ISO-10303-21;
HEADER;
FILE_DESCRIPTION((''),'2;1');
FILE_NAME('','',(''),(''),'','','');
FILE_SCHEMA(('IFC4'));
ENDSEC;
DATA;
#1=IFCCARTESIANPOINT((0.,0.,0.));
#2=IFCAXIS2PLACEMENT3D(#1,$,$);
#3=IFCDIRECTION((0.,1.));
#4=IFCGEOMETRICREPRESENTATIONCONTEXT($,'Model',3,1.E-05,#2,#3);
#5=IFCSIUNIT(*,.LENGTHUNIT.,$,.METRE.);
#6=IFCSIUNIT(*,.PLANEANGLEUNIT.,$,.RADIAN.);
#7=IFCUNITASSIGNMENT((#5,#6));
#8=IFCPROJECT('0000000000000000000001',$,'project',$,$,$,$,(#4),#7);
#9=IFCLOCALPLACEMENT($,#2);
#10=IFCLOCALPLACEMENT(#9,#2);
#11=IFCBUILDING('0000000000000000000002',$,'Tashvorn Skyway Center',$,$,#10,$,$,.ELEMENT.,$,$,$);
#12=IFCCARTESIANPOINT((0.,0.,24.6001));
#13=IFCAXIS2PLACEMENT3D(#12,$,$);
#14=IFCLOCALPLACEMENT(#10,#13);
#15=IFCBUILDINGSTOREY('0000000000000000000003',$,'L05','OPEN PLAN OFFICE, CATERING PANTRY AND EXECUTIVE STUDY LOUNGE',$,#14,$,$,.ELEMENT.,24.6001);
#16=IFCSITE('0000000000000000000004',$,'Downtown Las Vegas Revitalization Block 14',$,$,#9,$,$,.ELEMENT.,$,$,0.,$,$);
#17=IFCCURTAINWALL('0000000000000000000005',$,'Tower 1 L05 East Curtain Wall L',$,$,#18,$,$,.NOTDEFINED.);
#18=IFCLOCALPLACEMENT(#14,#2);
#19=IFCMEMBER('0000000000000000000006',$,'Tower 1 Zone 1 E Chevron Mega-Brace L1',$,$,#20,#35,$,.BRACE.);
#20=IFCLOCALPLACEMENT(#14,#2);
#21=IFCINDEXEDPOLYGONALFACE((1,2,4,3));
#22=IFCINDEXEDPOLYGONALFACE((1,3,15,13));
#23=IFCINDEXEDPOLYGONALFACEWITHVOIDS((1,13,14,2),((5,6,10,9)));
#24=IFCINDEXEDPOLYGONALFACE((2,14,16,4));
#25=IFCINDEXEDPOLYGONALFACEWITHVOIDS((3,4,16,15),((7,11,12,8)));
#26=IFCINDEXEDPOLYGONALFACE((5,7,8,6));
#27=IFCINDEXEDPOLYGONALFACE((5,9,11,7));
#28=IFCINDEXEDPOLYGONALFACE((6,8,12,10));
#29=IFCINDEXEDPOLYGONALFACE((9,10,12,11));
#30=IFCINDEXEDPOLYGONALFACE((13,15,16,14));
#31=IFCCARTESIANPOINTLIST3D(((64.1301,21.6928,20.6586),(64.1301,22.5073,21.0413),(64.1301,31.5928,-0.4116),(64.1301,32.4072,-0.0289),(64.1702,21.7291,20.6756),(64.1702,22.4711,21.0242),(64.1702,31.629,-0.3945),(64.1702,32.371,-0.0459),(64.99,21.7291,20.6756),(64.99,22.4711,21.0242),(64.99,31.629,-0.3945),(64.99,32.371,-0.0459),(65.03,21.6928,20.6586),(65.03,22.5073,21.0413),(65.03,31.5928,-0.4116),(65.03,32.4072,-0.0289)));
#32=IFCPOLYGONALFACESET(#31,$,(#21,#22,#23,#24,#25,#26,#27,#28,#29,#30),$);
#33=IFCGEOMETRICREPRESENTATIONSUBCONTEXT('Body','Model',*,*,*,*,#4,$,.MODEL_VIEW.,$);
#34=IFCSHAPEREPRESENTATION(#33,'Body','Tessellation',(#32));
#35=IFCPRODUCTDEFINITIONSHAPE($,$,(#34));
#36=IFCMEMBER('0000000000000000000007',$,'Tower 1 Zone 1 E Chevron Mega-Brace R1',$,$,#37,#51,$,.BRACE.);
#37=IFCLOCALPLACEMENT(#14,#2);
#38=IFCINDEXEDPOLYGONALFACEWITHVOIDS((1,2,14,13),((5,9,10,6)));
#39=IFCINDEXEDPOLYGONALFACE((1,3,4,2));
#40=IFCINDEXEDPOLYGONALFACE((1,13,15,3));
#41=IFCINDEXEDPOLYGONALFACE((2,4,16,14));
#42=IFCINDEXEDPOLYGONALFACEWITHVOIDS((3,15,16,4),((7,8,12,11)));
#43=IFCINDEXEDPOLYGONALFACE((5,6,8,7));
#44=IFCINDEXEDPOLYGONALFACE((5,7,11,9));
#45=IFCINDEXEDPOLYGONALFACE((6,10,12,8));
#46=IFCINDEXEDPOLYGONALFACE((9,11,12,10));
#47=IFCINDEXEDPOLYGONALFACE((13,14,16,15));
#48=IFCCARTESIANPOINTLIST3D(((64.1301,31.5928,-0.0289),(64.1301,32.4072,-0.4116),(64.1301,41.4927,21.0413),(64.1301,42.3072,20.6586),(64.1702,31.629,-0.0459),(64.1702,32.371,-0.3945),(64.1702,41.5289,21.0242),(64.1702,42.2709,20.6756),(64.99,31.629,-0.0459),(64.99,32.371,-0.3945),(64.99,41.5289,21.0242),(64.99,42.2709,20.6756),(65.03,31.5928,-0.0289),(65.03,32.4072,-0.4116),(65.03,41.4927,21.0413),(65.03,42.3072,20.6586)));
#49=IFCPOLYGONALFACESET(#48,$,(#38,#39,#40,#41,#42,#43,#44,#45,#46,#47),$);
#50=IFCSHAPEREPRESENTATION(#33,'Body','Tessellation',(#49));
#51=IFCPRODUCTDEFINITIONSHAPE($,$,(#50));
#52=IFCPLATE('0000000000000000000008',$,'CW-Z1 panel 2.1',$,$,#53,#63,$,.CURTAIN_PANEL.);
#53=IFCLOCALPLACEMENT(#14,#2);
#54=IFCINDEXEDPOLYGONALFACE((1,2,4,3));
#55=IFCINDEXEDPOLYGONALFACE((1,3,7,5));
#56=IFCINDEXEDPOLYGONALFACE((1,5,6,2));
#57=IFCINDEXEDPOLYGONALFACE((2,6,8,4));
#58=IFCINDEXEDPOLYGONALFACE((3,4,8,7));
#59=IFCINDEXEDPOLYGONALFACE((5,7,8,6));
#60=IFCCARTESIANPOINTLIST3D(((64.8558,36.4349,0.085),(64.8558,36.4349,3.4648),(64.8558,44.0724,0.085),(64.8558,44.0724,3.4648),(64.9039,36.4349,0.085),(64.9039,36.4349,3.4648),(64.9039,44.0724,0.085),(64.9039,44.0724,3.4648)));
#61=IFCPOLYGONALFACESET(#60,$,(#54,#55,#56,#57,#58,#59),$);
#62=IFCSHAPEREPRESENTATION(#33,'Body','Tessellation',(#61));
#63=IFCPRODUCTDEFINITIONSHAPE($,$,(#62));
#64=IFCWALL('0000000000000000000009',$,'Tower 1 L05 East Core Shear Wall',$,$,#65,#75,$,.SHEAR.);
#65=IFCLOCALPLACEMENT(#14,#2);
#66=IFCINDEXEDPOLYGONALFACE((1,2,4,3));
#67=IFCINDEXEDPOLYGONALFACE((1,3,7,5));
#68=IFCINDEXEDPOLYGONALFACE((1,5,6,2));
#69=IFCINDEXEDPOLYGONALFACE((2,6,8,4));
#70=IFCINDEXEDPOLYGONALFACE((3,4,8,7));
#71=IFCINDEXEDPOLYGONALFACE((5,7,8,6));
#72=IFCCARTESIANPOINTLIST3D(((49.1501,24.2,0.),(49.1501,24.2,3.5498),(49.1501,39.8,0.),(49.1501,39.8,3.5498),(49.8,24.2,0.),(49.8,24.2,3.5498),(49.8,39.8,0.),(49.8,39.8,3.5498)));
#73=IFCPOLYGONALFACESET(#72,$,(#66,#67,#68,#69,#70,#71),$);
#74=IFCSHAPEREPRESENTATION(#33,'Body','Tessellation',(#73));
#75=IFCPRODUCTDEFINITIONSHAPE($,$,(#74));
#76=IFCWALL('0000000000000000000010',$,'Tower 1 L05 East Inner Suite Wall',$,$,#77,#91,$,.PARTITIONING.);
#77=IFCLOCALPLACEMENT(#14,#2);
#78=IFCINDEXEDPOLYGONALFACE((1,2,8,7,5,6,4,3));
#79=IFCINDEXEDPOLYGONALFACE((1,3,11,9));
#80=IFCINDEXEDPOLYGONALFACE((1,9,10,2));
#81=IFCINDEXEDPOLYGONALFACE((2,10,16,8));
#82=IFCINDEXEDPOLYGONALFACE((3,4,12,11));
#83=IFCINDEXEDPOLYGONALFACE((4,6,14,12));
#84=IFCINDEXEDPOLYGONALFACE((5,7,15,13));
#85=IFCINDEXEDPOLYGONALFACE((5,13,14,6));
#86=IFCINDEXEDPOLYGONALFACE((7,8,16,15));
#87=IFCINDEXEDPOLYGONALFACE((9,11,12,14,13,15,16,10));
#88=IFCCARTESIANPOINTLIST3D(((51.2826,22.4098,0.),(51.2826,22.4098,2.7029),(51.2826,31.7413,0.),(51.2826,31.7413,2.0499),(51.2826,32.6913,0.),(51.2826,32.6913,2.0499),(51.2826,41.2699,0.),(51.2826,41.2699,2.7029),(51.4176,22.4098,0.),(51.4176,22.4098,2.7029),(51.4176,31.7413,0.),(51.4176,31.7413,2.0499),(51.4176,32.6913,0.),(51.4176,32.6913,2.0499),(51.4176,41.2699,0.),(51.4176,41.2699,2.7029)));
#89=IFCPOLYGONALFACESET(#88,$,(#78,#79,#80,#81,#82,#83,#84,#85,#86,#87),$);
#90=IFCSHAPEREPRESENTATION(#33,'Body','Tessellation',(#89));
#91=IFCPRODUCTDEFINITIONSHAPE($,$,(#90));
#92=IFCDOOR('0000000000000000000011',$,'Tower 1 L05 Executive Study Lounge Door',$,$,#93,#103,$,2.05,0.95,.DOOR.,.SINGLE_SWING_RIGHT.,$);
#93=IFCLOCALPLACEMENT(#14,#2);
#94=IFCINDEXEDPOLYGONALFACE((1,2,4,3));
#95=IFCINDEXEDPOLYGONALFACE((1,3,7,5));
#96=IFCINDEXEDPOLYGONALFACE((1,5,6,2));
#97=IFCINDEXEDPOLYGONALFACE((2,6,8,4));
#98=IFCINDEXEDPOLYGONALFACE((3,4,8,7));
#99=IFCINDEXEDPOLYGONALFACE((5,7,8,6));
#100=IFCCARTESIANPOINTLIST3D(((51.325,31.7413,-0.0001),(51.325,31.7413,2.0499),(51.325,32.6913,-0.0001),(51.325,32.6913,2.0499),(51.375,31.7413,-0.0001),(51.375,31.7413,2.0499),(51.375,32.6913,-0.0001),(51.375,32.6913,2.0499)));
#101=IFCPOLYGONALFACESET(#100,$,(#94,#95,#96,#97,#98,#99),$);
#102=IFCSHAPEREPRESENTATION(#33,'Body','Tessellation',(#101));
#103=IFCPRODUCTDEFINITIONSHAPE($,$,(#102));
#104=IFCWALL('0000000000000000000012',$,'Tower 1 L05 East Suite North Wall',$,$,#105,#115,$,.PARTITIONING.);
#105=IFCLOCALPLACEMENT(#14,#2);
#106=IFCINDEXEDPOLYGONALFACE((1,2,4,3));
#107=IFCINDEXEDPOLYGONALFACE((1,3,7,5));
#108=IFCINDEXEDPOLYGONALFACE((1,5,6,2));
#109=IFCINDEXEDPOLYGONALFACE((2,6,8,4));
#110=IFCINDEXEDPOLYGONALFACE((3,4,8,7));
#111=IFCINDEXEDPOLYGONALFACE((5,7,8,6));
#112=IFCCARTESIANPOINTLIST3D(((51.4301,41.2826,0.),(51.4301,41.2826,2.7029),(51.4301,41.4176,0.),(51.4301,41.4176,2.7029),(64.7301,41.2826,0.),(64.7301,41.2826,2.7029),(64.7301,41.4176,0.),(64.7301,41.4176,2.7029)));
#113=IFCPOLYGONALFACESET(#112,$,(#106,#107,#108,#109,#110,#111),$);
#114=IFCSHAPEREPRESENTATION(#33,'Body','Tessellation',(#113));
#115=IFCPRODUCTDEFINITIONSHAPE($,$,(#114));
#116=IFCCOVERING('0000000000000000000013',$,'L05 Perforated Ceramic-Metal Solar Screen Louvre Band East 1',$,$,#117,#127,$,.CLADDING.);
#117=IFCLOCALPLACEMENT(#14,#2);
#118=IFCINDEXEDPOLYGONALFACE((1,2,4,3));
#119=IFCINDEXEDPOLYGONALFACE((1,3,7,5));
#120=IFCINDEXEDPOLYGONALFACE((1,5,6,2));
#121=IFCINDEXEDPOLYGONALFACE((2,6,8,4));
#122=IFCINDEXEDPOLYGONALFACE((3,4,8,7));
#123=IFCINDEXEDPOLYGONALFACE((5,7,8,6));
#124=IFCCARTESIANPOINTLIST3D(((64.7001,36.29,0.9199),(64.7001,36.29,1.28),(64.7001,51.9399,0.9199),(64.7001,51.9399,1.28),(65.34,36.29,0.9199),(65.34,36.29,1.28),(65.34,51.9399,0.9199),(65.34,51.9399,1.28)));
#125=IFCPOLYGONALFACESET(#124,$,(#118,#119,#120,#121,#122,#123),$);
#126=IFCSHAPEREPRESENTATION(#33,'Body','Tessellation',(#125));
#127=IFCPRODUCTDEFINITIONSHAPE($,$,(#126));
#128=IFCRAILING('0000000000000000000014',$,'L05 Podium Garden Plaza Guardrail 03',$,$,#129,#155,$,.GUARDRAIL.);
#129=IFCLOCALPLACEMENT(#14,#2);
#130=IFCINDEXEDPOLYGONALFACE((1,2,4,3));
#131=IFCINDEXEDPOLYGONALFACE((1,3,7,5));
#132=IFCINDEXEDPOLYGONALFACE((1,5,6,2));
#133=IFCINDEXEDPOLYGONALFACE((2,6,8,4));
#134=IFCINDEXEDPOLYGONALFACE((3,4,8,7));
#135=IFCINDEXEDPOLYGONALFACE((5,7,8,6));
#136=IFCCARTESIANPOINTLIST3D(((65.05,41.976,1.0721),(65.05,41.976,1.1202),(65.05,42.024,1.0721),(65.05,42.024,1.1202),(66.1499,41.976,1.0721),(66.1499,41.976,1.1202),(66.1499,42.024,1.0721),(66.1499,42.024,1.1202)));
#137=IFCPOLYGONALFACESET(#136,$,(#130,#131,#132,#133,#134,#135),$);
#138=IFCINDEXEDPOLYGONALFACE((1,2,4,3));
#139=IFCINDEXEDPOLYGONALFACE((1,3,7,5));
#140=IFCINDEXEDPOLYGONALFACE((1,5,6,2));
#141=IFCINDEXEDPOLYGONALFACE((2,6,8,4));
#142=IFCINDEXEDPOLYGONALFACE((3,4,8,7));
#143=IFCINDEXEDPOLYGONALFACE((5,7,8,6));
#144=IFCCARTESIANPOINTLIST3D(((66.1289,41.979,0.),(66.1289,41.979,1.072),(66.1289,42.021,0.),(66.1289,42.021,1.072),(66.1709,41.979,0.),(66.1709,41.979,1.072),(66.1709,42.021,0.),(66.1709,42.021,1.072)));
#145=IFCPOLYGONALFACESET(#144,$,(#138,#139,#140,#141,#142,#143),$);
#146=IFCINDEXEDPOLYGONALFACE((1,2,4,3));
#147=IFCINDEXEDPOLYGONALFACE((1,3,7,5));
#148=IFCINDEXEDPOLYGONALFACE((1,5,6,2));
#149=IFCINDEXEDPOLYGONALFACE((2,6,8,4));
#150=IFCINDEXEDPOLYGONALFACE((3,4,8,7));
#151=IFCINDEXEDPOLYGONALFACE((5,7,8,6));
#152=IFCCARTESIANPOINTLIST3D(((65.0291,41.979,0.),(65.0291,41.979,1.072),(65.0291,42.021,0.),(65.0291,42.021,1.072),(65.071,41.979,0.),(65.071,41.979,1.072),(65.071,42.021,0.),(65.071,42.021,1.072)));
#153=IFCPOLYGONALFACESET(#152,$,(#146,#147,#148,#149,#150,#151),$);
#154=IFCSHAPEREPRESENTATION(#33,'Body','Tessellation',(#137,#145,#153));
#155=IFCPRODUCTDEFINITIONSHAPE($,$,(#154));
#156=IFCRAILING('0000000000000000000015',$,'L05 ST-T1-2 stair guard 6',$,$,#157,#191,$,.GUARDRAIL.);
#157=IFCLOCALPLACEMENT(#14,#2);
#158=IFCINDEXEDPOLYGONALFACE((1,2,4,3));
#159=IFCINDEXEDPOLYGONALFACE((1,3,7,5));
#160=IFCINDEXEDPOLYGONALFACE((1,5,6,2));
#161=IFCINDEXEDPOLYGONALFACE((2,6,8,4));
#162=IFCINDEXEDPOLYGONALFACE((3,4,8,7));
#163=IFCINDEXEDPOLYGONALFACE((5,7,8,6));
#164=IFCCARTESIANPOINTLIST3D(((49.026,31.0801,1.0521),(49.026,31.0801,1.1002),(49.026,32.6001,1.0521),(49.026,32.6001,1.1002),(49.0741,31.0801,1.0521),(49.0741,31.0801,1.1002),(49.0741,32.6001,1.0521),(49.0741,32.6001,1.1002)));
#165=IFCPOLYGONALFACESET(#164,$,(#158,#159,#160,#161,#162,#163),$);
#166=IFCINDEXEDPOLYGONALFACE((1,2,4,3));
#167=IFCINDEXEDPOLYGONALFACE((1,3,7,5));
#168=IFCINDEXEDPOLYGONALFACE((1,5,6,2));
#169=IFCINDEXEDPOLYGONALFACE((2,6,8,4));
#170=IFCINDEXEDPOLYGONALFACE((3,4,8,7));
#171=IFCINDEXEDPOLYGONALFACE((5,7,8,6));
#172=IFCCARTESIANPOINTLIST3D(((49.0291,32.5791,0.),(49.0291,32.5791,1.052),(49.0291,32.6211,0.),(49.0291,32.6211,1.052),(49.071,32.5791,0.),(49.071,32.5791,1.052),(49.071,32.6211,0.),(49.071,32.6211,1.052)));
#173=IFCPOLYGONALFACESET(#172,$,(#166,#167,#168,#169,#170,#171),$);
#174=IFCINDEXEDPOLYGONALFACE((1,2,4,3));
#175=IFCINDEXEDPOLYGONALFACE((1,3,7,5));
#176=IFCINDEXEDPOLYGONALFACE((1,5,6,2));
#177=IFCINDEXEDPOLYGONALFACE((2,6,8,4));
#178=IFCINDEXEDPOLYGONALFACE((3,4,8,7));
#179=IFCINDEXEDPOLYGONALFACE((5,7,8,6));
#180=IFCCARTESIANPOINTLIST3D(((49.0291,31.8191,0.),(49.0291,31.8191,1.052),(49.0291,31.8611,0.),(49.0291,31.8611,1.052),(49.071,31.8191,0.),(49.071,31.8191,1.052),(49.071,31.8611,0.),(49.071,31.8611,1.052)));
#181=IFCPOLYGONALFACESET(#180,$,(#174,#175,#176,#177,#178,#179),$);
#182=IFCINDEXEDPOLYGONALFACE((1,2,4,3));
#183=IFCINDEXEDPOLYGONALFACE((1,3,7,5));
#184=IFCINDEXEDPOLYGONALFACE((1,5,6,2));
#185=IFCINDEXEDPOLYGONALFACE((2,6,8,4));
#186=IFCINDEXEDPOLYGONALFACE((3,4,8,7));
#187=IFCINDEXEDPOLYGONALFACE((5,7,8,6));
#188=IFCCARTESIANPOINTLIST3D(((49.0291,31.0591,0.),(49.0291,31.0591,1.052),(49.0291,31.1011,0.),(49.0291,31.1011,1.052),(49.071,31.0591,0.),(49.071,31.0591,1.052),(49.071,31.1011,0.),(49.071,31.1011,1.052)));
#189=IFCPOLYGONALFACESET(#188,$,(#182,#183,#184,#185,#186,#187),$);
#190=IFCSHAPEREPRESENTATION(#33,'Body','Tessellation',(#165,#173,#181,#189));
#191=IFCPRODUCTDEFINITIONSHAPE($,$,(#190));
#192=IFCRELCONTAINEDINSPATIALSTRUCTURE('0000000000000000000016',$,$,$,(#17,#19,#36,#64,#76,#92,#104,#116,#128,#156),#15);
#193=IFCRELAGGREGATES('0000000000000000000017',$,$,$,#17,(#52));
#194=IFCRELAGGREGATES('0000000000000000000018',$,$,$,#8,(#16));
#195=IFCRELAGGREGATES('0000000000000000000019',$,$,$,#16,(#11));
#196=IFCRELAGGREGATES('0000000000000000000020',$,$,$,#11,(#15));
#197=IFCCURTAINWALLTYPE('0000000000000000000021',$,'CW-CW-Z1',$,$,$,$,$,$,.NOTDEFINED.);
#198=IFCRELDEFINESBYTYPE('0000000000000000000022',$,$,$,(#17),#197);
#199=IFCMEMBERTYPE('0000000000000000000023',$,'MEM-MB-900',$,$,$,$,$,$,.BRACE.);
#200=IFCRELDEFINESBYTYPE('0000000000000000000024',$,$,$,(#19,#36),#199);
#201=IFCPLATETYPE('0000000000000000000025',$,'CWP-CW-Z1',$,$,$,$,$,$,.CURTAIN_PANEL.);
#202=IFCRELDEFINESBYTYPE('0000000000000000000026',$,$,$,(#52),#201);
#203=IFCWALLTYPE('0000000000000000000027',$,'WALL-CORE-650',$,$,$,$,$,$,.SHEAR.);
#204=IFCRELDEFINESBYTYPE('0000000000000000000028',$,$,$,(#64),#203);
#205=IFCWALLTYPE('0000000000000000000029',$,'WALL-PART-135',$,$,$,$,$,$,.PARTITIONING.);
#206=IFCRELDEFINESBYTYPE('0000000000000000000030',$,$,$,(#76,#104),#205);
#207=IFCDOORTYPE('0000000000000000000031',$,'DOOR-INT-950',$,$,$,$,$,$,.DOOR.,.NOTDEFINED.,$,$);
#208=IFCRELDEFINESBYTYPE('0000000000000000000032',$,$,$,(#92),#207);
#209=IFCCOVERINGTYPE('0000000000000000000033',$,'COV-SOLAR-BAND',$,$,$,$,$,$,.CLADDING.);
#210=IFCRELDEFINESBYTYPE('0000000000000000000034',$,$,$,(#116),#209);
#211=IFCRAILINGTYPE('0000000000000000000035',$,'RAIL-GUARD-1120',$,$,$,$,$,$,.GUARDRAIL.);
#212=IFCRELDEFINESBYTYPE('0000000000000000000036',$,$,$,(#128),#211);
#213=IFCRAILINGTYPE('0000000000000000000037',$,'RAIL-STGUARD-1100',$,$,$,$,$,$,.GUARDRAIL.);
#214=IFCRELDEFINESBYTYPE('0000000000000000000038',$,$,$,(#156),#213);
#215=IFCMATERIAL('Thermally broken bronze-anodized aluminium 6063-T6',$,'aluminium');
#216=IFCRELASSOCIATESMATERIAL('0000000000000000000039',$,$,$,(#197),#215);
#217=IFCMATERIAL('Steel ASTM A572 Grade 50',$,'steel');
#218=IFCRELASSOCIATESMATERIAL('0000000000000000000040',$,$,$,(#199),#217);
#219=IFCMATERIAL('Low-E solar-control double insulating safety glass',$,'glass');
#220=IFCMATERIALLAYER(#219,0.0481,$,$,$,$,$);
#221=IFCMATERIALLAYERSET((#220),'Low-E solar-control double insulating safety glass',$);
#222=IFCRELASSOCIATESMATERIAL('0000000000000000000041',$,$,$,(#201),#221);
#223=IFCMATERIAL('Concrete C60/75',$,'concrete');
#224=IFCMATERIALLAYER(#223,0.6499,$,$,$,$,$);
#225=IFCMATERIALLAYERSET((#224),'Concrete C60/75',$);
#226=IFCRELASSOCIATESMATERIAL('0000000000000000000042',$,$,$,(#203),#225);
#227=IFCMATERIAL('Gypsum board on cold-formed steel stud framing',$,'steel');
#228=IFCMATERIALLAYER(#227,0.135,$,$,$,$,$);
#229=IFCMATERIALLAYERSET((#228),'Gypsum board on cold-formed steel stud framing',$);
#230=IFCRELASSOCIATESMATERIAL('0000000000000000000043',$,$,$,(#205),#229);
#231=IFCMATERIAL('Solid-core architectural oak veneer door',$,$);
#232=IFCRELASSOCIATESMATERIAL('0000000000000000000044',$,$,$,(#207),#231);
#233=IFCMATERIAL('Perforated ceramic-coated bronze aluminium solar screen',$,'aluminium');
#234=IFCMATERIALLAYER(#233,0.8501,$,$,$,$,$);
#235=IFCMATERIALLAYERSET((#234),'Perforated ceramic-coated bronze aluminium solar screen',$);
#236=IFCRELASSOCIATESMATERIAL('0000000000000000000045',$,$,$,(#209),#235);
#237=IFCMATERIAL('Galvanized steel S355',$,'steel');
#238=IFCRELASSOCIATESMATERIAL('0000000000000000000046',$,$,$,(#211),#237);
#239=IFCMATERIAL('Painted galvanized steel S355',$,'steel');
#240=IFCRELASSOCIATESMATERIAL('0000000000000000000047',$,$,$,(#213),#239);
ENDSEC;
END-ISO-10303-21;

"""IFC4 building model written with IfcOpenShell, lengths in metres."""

from ifc_helpers import new_model, si_unit, direction, frame, frame_2d, origin, origin_2d, place, context, subcontext, project, spatial, rectangle, hollow_rectangle, extrude, material, layer, layer_set, material_profile, profile_set, type_object, element, fill, aggregate, save


model = new_model("IFC4")

# Units and contexts
model_context = context("Model", 3, precision=1e-05, world=origin(), true_north=direction((0.0, 1.0)))
body_context = subcontext(model_context, "Body", "Model", "MODEL_VIEW")
ifc_project = project(units=[si_unit("LENGTHUNIT", "METRE"), si_unit("PLANEANGLEUNIT", "RADIAN")], contexts=[model_context])

# Site, building, storey
site_placement = place(None, origin())
site = spatial("IfcSite", under=ifc_project, at=site_placement, Name="Downtown Las Vegas Revitalization Block 14", CompositionType="ELEMENT", RefElevation=0.0)
building_placement = place(site_placement, origin())
building = spatial("IfcBuilding", under=site, at=building_placement, Name="Tashvorn Skyway Center", CompositionType="ELEMENT")
storey_placement = place(building_placement, frame((0.0, 0.0, 24.6001)))
storey = spatial("IfcBuildingStorey", under=building, at=storey_placement, Name="L05", Description="OPEN PLAN OFFICE, CATERING PANTRY AND EXECUTIVE STUDY LOUNGE", CompositionType="ELEMENT", Elevation=24.6001)

# Shared definitions
ifc_material_1 = material(Name="Steel ASTM A572 Grade 50", Category="steel")

# Curtain wall
ifc_material_2 = material(Name="Thermally broken bronze-anodized aluminium 6063-T6", Category="aluminium")
curtain_wall_type = type_object("IfcCurtainWallType", Name="CW-CW-Z1", PredefinedType="NOTDEFINED", material=ifc_material_2)
curtain_wall_placement = place(storey_placement, origin())
curtain_wall = element("IfcCurtainWall", 1, at=curtain_wall_placement, inside=storey, type_object=curtain_wall_type, Name="Tower 1 L05 East Curtain Wall L", PredefinedType="NOTDEFINED")

# Members
ifc_material_profile_1 = material_profile(ifc_material_1, hollow_rectangle(XDim=0.8999, YDim=0.8999, WallThickness=0.04, at=origin_2d()), Name="BOX900x900x40")
ifc_profile_set_1 = profile_set([ifc_material_profile_1], Name="Steel ASTM A572 Grade 50")
member_type_1 = type_object("IfcMemberType", Name="MEM-MB-900", PredefinedType="BRACE", material=ifc_profile_set_1)
for number, where, z_axis, x_axis, name in (
    (2, (64.5801, 32.0, -0.2202), (0.0, -0.425255, 0.905074), (1.0, 0.0, 0.0), "Tower 1 Zone 1 E Chevron Mega-Brace L1"),
    (3, (64.5801, 32.0, -0.2202), (0.0, 0.425255, 0.905074), (-1.0, 0.0, 0.0), "Tower 1 Zone 1 E Chevron Mega-Brace R1"),
):
    element("IfcMember", number, at=place(storey_placement, frame(where, z_axis=z_axis, x_axis=x_axis)), inside=storey, type_object=member_type_1, Name=name, PredefinedType="BRACE", context=body_context, shape_type="SweptSolid", body=[
        extrude(hollow_rectangle(XDim=0.8999, YDim=0.8999, WallThickness=0.04, at=origin_2d()), origin(), (0.0, 0.0, 1.0), 23.28),
    ])

# Plate
ifc_material_3 = material(Name="Low-E solar-control double insulating safety glass", Category="glass")
ifc_layer_1 = layer(ifc_material_3, 0.0481)
ifc_layer_set_1 = layer_set([ifc_layer_1], Name="Low-E solar-control double insulating safety glass")
plate_type = type_object("IfcPlateType", Name="CWP-CW-Z1", PredefinedType="CURTAIN_PANEL", material=ifc_layer_set_1)
plate_placement = place(storey_placement, frame((64.8799, 40.2537, 0.085), z_axis=(0.0, 0.0, 1.0), x_axis=(0.0, -1.0, 0.0)))
plate = element("IfcPlate", 4, at=plate_placement, type_object=plate_type, Name="CW-Z1 panel 2.1", PredefinedType="CURTAIN_PANEL", context=body_context, shape_type="SweptSolid", body=[
    extrude(rectangle(XDim=7.6375, YDim=0.0481, at=origin_2d()), origin(), (0.0, 0.0, 1.0), 3.3799),
])
aggregate(curtain_wall, [plate])

# Wall
ifc_material_4 = material(Name="Concrete C60/75", Category="concrete")
ifc_layer_2 = layer(ifc_material_4, 0.6499)
ifc_layer_set_2 = layer_set([ifc_layer_2], Name="Concrete C60/75")
wall_type_1 = type_object("IfcWallType", Name="WALL-CORE-650", PredefinedType="SHEAR", material=ifc_layer_set_2)
wall_1_placement = place(storey_placement, frame((49.4751, 39.8, 0.0), z_axis=(0.0, 0.0, 1.0), x_axis=(0.0, -1.0, 0.0)))
element("IfcWall", 5, at=wall_1_placement, inside=storey, type_object=wall_type_1, Name="Tower 1 L05 East Core Shear Wall", PredefinedType="SHEAR", context=body_context, shape_type="SweptSolid", body=[
    extrude(rectangle(XDim=15.6001, YDim=0.6499, at=frame_2d((7.8, 0.0))), origin(), (0.0, 0.0, 1.0), 3.5498),
])

# Wall, opening, door
ifc_material_5 = material(Name="Gypsum board on cold-formed steel stud framing", Category="steel")
ifc_layer_3 = layer(ifc_material_5, 0.135)
ifc_layer_set_3 = layer_set([ifc_layer_3], Name="Gypsum board on cold-formed steel stud framing")
wall_type_2 = type_object("IfcWallType", Name="WALL-PART-135", PredefinedType="PARTITIONING", material=ifc_layer_set_3)
wall_2_placement = place(storey_placement, frame((51.3501, 41.27, 0.0), z_axis=(0.0, 0.0, 1.0), x_axis=(0.0, -1.0, 0.0)))
wall_2 = element("IfcWall", 6, at=wall_2_placement, inside=storey, type_object=wall_type_2, Name="Tower 1 L05 East Inner Suite Wall", PredefinedType="PARTITIONING", context=body_context, shape_type="SweptSolid", body=[
    extrude(rectangle(XDim=18.8601, YDim=0.135, at=frame_2d((9.4302, 0.0))), origin(), (0.0, 0.0, 1.0), 2.7029),
])
opening_1_placement = place(wall_2_placement, frame((8.5786, 0.0, 0.0)))
opening_1 = element("IfcOpeningElement", 7, at=opening_1_placement, cuts=wall_2, PredefinedType="OPENING", context=body_context, shape_type="SweptSolid", body=[
    extrude(rectangle(XDim=0.95, YDim=2.05, at=frame_2d((0.4751, 1.0249))), frame((0.0, 0.0774, 0.0), z_axis=(0.0, -1.0, 0.0), x_axis=(1.0, 0.0, 0.0)), (0.0, 0.0, 1.0), 0.155),
])
ifc_material_6 = material(Name="Solid-core architectural oak veneer door")
door_type_1 = type_object("IfcDoorType", Name="DOOR-INT-950", OperationType="NOTDEFINED", PredefinedType="DOOR", material=ifc_material_6)
door_1_placement = place(opening_1_placement, origin())
door_1 = element("IfcDoor", 8, at=door_1_placement, inside=storey, type_object=door_type_1, Name="Tower 1 L05 Executive Study Lounge Door", OperationType="SINGLE_SWING_RIGHT", OverallHeight=2.05, OverallWidth=0.95, PredefinedType="DOOR", context=body_context, shape_type="SweptSolid", body=[
    extrude(rectangle(XDim=0.95, YDim=2.05, at=frame_2d((0.4751, 1.0249))), frame((0.0, 0.0249, 0.0), z_axis=(0.0, -1.0, 0.0), x_axis=(1.0, 0.0, 0.0)), (0.0, 0.0, 1.0), 0.05),
])
fill(opening_1, door_1)

# Wall
wall_3_placement = place(storey_placement, frame((64.73, 41.3501, 0.0), z_axis=(0.0, 0.0, 1.0), x_axis=(-1.0, 0.0, 0.0)))
element("IfcWall", 9, at=wall_3_placement, inside=storey, type_object=wall_type_2, Name="Tower 1 L05 East Suite North Wall", PredefinedType="PARTITIONING", context=body_context, shape_type="SweptSolid", body=[
    extrude(rectangle(XDim=13.3, YDim=0.135, at=frame_2d((6.6499, 0.0))), origin(), (0.0, 0.0, 1.0), 2.7029),
])

# Covering
ifc_material_7 = material(Name="Perforated ceramic-coated bronze aluminium solar screen", Category="aluminium")
ifc_layer_4 = layer(ifc_material_7, 0.8501)
ifc_layer_set_4 = layer_set([ifc_layer_4], Name="Perforated ceramic-coated bronze aluminium solar screen")
covering_type = type_object("IfcCoveringType", Name="COV-SOLAR-BAND", PredefinedType="CLADDING", material=ifc_layer_set_4)
covering_placement = place(storey_placement, frame((65.02, 44.115, 0.9199), z_axis=(0.0, 0.0, 1.0), x_axis=(0.0, -1.0, 0.0)))
element("IfcCovering", 10, at=covering_placement, inside=storey, type_object=covering_type, Name="L05 Perforated Ceramic-Metal Solar Screen Louvre Band East 1", PredefinedType="CLADDING", context=body_context, shape_type="SweptSolid", body=[
    extrude(rectangle(XDim=15.6499, YDim=0.6399, at=origin_2d()), origin(), (0.0, 0.0, 1.0), 0.3601),
])

# Railings
ifc_material_8 = material(Name="Galvanized steel S355", Category="steel")
railing_type_1 = type_object("IfcRailingType", Name="RAIL-GUARD-1120", PredefinedType="GUARDRAIL", material=ifc_material_8)
railing_1_placement = place(storey_placement, frame((66.1499, 42.0, 0.0)))
element("IfcRailing", 11, at=railing_1_placement, inside=storey, type_object=railing_type_1, Name="L05 Podium Garden Plaza Guardrail 03", PredefinedType="GUARDRAIL", context=body_context, shape_type="SweptSolid", body=[
    extrude(rectangle(XDim=0.0481, YDim=0.0481, at=origin_2d()), frame((0.0, 0.0, 1.0962), z_axis=(-1.0, 0.0, 0.0), x_axis=(0.0, -1.0, 0.0)), (0.0, 0.0, 1.0), 1.0999),
    extrude(rectangle(XDim=0.042, YDim=0.042, at=origin_2d()), origin(), (0.0, 0.0, 1.0), 1.072),
    extrude(rectangle(XDim=0.042, YDim=0.042, at=origin_2d()), frame((-1.0999, 0.0, 0.0)), (0.0, 0.0, 1.0), 1.072),
])
ifc_material_9 = material(Name="Painted galvanized steel S355", Category="steel")
railing_type_2 = type_object("IfcRailingType", Name="RAIL-STGUARD-1100", PredefinedType="GUARDRAIL", material=ifc_material_9)
railing_2_placement = place(storey_placement, frame((49.05, 32.6001, 0.0)))
element("IfcRailing", 12, at=railing_2_placement, inside=storey, type_object=railing_type_2, Name="L05 ST-T1-2 stair guard 6", PredefinedType="GUARDRAIL", context=body_context, shape_type="SweptSolid", body=[
    extrude(rectangle(XDim=0.0481, YDim=0.0481, at=origin_2d()), frame((0.0, 0.0, 1.0762), z_axis=(0.0, -1.0, 0.0), x_axis=(1.0, 0.0, 0.0)), (0.0, 0.0, 1.0), 1.52),
    extrude(rectangle(XDim=0.042, YDim=0.042, at=origin_2d()), origin(), (0.0, 0.0, 1.0), 1.052),
    extrude(rectangle(XDim=0.042, YDim=0.042, at=origin_2d()), frame((0.0, -0.76, 0.0)), (0.0, 0.0, 1.0), 1.052),
    extrude(rectangle(XDim=0.042, YDim=0.042, at=origin_2d()), frame((0.0, -1.52, 0.0)), (0.0, 0.0, 1.0), 1.052),
])

save(model, "model.ifc")
